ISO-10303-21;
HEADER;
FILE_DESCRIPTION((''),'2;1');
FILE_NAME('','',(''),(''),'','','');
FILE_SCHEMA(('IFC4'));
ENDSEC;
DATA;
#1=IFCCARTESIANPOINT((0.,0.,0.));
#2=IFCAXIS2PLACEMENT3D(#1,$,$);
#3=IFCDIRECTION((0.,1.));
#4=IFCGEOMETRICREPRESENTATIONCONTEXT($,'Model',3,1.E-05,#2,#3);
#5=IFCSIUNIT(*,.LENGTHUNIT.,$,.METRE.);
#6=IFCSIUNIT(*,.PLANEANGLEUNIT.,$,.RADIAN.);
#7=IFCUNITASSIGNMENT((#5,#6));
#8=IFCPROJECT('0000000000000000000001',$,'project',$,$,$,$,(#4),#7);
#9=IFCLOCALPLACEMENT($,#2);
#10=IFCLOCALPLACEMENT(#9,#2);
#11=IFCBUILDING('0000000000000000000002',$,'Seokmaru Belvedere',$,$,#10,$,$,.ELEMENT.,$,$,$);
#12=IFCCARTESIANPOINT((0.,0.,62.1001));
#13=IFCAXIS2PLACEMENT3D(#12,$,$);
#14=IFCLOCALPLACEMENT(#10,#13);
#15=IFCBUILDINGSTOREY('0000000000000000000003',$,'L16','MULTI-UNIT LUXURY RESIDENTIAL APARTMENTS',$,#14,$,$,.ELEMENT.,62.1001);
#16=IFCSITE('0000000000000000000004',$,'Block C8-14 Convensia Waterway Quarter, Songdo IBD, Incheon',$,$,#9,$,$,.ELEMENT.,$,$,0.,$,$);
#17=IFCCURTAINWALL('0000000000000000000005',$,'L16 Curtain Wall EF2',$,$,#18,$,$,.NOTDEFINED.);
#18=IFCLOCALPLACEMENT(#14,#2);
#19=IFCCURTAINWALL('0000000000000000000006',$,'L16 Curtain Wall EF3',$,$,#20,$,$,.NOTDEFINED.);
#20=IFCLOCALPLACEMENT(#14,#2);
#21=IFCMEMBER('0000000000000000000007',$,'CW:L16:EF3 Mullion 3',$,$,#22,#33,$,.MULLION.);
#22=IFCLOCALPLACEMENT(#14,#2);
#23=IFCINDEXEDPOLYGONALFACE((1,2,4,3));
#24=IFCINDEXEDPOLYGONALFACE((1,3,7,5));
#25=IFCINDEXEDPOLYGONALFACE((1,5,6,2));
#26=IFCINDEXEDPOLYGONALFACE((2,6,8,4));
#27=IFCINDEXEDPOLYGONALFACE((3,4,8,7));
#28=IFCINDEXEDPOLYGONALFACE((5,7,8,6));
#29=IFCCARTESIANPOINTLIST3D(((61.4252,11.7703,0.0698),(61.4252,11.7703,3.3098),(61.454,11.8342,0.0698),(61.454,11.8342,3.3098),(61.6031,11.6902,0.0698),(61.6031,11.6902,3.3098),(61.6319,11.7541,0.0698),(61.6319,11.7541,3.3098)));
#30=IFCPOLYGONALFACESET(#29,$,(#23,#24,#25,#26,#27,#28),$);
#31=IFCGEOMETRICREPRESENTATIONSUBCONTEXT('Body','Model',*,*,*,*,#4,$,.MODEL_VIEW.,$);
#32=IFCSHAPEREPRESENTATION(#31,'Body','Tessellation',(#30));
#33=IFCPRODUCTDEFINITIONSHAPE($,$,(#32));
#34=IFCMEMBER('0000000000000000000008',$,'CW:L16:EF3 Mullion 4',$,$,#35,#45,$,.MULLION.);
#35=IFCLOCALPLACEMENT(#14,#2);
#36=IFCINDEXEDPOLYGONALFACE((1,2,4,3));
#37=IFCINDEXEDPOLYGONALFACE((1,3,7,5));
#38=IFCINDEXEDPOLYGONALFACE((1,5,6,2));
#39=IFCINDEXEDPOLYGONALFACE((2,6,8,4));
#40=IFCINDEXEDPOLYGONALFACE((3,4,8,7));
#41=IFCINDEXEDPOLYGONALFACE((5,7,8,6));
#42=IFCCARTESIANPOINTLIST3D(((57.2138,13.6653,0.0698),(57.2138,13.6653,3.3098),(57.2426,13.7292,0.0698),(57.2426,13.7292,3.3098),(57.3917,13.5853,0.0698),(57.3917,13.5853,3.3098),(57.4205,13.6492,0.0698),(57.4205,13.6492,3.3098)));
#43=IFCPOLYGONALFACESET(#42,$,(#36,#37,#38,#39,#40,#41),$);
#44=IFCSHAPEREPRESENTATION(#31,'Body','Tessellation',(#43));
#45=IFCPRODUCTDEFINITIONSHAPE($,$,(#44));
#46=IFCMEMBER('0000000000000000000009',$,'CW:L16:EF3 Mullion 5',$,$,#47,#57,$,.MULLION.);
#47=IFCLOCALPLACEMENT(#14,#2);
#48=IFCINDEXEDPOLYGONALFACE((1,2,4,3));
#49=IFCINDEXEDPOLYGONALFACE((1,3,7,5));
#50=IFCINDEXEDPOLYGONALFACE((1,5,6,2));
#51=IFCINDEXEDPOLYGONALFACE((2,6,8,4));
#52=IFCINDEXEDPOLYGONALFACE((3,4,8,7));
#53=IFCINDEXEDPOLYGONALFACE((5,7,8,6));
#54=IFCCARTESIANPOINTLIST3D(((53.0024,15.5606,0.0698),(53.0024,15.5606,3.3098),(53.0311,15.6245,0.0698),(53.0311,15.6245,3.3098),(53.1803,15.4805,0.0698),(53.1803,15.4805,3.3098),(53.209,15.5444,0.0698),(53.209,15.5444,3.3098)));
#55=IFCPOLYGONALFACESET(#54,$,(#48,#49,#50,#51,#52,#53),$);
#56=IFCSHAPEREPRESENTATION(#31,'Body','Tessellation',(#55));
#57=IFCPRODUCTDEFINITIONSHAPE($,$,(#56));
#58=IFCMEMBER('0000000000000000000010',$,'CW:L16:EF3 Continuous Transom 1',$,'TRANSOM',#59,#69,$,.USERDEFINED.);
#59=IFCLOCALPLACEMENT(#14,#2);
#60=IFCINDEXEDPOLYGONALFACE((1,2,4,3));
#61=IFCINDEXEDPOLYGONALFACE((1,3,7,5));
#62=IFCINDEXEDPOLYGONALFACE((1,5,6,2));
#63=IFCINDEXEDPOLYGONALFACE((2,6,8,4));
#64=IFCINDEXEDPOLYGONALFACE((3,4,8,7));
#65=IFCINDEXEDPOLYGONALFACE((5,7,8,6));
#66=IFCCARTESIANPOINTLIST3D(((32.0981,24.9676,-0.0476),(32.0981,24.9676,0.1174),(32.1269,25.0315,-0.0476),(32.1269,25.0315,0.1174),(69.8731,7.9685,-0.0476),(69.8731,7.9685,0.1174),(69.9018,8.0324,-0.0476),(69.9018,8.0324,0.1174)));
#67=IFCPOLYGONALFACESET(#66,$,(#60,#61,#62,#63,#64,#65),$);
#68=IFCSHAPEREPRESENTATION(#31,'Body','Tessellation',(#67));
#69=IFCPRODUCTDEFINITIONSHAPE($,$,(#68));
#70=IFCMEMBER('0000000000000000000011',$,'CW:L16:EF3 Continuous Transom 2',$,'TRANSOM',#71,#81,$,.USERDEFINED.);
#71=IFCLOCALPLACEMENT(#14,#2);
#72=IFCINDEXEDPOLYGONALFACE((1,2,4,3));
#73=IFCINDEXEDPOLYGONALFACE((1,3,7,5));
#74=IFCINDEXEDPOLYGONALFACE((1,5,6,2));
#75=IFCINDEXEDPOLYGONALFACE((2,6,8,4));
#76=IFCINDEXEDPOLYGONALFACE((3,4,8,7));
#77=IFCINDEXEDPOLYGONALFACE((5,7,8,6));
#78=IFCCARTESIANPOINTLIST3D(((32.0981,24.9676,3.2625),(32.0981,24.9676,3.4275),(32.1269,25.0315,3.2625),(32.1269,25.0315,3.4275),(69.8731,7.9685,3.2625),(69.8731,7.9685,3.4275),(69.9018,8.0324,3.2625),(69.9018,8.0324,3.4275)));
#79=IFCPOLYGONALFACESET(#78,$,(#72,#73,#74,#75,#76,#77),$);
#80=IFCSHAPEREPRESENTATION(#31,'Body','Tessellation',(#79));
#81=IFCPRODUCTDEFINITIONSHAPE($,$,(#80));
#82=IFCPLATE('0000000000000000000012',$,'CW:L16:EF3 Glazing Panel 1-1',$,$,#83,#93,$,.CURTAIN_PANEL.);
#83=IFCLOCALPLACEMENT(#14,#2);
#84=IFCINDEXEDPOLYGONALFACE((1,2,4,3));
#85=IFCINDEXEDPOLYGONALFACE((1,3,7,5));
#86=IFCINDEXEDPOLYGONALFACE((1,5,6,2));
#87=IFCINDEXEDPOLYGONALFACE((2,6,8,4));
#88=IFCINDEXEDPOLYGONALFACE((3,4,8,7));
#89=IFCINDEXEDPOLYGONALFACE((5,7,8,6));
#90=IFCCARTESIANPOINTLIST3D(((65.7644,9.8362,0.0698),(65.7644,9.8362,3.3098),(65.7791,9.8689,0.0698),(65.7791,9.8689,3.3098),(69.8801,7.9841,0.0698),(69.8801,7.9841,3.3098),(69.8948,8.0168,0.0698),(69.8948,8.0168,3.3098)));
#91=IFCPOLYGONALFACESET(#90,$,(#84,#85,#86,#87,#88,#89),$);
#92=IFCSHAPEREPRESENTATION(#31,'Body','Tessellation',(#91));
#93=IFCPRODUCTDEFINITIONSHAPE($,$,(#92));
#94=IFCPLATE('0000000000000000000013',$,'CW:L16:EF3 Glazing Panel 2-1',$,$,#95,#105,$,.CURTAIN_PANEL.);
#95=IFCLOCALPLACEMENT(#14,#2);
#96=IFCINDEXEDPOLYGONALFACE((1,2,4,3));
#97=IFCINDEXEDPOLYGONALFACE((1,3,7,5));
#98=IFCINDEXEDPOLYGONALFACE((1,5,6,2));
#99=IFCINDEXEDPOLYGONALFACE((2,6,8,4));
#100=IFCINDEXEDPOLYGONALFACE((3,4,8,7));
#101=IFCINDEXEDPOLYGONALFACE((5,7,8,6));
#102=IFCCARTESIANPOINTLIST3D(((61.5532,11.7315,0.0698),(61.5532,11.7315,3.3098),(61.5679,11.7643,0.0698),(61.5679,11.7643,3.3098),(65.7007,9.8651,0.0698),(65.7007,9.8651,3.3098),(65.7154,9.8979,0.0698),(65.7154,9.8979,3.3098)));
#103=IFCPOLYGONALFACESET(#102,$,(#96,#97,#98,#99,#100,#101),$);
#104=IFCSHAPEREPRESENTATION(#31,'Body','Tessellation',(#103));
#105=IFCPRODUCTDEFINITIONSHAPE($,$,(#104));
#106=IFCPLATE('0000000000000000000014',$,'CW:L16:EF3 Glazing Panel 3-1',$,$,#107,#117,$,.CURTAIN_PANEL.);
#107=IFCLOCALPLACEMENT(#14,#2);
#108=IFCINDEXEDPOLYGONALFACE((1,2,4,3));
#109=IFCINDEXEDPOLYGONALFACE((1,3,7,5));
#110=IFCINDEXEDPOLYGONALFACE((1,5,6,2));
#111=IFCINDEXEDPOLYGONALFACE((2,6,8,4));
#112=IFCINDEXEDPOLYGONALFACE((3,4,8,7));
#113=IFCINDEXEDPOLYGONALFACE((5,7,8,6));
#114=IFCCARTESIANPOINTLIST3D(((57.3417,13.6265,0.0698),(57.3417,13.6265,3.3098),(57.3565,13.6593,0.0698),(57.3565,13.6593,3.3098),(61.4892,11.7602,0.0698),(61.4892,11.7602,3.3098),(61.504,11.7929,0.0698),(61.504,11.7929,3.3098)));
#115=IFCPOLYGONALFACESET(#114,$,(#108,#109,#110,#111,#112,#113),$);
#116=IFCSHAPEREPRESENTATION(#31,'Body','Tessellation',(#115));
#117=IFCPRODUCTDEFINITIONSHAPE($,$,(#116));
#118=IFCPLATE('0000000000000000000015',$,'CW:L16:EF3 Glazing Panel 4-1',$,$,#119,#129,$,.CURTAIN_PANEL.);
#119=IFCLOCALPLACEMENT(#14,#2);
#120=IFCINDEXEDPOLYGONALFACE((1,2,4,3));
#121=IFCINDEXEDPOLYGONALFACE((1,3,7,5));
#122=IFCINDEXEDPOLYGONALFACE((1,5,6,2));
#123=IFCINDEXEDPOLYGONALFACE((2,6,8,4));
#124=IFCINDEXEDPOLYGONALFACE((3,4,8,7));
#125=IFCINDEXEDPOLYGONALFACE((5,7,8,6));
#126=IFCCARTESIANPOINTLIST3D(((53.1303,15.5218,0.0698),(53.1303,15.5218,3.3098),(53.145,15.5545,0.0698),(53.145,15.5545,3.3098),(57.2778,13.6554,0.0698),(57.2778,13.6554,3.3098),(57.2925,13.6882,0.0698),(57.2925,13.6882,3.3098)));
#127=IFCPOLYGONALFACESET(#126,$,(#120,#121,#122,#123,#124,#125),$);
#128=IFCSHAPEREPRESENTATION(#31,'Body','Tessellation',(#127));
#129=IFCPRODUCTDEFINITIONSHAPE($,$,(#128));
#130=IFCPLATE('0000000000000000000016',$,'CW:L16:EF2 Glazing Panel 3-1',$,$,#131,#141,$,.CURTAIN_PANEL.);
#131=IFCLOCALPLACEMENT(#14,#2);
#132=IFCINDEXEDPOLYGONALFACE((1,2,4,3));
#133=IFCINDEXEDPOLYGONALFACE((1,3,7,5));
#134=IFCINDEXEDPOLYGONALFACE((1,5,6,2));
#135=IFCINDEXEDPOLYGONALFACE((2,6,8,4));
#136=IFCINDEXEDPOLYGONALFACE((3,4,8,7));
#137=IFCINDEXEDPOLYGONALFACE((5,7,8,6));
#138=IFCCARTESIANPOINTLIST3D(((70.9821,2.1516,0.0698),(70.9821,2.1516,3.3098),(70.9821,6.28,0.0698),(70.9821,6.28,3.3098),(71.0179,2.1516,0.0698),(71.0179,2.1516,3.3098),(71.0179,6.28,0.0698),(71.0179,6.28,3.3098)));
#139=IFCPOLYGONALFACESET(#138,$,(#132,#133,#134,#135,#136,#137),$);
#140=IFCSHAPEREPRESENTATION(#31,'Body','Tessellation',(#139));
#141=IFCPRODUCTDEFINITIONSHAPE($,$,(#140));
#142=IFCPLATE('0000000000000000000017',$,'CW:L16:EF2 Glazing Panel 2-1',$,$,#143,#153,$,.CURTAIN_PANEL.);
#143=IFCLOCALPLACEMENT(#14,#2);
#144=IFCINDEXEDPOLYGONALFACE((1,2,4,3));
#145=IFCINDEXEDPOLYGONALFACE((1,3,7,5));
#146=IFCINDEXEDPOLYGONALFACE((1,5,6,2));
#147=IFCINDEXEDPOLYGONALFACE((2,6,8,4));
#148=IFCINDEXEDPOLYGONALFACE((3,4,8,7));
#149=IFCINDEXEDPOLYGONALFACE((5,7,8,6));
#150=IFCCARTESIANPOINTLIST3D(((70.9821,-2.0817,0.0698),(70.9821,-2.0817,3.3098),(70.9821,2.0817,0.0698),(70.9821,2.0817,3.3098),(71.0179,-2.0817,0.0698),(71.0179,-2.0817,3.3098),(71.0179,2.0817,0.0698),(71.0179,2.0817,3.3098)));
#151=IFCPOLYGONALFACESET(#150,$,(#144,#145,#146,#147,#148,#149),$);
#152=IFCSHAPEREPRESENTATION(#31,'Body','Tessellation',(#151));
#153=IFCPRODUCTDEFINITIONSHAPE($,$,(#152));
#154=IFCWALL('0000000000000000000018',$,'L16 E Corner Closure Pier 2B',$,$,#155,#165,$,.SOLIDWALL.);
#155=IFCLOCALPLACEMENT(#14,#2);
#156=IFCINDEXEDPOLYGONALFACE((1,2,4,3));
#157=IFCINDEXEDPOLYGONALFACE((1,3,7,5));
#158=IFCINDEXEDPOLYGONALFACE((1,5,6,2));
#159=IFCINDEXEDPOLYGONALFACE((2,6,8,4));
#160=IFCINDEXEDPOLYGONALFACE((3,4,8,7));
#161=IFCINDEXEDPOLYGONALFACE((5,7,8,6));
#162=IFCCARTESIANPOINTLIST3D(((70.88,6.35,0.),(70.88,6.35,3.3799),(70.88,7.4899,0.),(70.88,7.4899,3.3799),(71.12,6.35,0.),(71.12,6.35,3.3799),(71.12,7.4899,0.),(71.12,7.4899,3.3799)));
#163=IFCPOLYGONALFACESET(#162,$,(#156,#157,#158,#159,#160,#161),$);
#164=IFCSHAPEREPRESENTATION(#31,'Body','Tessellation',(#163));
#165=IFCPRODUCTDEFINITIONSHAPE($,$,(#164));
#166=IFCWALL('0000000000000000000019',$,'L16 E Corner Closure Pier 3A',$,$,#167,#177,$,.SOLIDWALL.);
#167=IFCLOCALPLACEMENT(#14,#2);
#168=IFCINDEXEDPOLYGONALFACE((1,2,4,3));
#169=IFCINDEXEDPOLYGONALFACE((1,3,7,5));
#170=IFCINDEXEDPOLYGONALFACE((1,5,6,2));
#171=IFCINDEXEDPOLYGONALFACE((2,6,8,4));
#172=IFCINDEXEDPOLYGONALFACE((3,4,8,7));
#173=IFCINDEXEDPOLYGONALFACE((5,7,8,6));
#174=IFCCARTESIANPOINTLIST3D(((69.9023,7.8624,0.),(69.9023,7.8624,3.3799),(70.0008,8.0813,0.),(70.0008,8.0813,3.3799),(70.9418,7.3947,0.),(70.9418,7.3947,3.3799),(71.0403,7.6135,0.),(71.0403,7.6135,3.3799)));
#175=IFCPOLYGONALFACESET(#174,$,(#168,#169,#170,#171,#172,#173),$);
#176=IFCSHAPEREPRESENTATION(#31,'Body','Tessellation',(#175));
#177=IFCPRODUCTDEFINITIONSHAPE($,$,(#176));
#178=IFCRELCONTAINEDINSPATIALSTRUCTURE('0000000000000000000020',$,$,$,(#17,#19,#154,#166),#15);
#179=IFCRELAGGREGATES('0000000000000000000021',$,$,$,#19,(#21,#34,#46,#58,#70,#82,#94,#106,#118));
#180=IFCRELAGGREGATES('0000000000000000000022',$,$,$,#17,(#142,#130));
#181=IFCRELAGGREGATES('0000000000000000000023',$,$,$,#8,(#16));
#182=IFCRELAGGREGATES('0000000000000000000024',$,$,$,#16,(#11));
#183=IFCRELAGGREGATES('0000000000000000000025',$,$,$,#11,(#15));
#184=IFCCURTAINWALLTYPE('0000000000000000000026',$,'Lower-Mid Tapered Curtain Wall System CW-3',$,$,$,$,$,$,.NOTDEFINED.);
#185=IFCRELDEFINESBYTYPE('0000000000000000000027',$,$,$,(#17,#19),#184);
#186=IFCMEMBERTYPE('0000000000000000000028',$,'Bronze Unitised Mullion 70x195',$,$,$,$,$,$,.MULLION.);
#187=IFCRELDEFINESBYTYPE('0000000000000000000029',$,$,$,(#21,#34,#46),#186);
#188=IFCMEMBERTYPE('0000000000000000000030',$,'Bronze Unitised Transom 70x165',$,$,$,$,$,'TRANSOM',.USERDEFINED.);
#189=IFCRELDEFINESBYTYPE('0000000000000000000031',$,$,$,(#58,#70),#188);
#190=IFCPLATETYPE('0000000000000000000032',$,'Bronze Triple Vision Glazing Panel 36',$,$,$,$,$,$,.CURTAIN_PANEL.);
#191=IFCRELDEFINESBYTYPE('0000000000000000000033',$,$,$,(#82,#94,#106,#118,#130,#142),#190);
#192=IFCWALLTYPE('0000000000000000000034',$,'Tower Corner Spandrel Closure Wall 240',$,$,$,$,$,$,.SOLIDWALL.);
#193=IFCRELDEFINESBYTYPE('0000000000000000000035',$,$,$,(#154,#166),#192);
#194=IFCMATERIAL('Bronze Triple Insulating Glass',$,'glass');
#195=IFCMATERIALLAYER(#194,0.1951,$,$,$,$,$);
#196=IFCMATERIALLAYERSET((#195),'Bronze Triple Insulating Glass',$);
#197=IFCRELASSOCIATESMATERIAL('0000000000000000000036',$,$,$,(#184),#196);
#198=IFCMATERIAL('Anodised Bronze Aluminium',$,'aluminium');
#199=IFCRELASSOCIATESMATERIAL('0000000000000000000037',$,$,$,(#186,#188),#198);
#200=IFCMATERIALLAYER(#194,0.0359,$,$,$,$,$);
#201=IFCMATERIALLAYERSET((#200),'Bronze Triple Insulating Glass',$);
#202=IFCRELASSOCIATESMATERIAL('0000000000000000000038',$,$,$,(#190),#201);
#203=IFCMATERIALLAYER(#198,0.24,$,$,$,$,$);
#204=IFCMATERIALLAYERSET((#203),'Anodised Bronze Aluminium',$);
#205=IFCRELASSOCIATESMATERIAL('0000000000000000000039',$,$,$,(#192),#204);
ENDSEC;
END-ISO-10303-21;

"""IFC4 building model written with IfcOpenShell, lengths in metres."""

from ifc_helpers import new_model, si_unit, direction, frame, frame_2d, origin, origin_2d, place, context, subcontext, project, spatial, rectangle, extrude, source, transform, mapped, material, layer, layer_set, material_profile, profile_set, type_object, type_shapes, element, aggregate, save


model = new_model("IFC4")

# Units and contexts
model_context = context("Model", 3, precision=1e-05, world=origin(), true_north=direction((0.0, 1.0)))
body_context = subcontext(model_context, "Body", "Model", "MODEL_VIEW")
ifc_project = project(units=[si_unit("LENGTHUNIT", "METRE"), si_unit("PLANEANGLEUNIT", "RADIAN")], contexts=[model_context])

# Site, building, storey
site_placement = place(None, origin())
site = spatial("IfcSite", under=ifc_project, at=site_placement, Name="Block C8-14 Convensia Waterway Quarter, Songdo IBD, Incheon", CompositionType="ELEMENT", RefElevation=0.0)
building_placement = place(site_placement, origin())
building = spatial("IfcBuilding", under=site, at=building_placement, Name="Seokmaru Belvedere", CompositionType="ELEMENT")
storey_placement = place(building_placement, frame((0.0, 0.0, 62.1001)))
storey = spatial("IfcBuildingStorey", under=building, at=storey_placement, Name="L16", Description="MULTI-UNIT LUXURY RESIDENTIAL APARTMENTS", CompositionType="ELEMENT", Elevation=62.1001)

# Curtain walls
ifc_material_1 = material(Name="Bronze Triple Insulating Glass", Category="glass")
ifc_layer_1 = layer(ifc_material_1, 0.1951)
ifc_layer_set_1 = layer_set([ifc_layer_1], Name="Bronze Triple Insulating Glass")
curtain_wall_type = type_object("IfcCurtainWallType", Name="Lower-Mid Tapered Curtain Wall System CW-3", PredefinedType="NOTDEFINED", material=ifc_layer_set_1)
curtain_wall_1_placement = place(storey_placement, origin())
curtain_wall_1 = element("IfcCurtainWall", 1, at=curtain_wall_1_placement, inside=storey, type_object=curtain_wall_type, Name="L16 Curtain Wall EF2", PredefinedType="NOTDEFINED")
ifc_material_2 = material(Name="Anodised Bronze Aluminium", Category="aluminium")
ifc_material_profile_1 = material_profile(ifc_material_2, rectangle(XDim=0.0701, YDim=0.1951, at=origin_2d()), Name="CW-M-70x195")
ifc_profile_set_1 = profile_set([ifc_material_profile_1], Name="Anodised Bronze Aluminium")
member_type_1 = type_object("IfcMemberType", Name="Bronze Unitised Mullion 70x195", PredefinedType="MULLION", material=ifc_profile_set_1)
curtain_wall_2_placement = place(storey_placement, origin())
curtain_wall_2 = element("IfcCurtainWall", 2, at=curtain_wall_2_placement, inside=storey, type_object=curtain_wall_type, Name="L16 Curtain Wall EF3", PredefinedType="NOTDEFINED")

# Members
shared_shape_1 = source(origin(), body_context, "Body", "SweptSolid", [
    extrude(rectangle(XDim=0.0701, YDim=0.1951, at=origin_2d()), origin(), (0.0, 0.0, 1.0), 3.24),
])
member_1_placement = place(storey_placement, frame((61.5286, 11.7622, 0.0698), z_axis=(0.0, 0.0, 1.0), x_axis=(-0.410366, -0.911921, 0.0)))
member_1 = element("IfcMember", 3, at=member_1_placement, type_object=member_type_1, Name="CW:L16:EF3 Mullion 3", PredefinedType="MULLION", context=body_context, shape_type="MappedRepresentation", body=[
    mapped(shared_shape_1, transform((0.0, 0.0, 0.0), scale=1.0)),
])
member_2_placement = place(storey_placement, frame((57.3171, 13.6572, 0.0698), z_axis=(0.0, 0.0, 1.0), x_axis=(-0.410366, -0.911921, 0.0)))
member_2 = element("IfcMember", 4, at=member_2_placement, type_object=member_type_1, Name="CW:L16:EF3 Mullion 4", PredefinedType="MULLION", context=body_context, shape_type="MappedRepresentation", body=[
    mapped(shared_shape_1, transform((0.0, 0.0, 0.0), scale=1.0)),
])
member_3_placement = place(storey_placement, frame((53.1057, 15.5525, 0.0698), z_axis=(0.0, 0.0, 1.0), x_axis=(-0.410366, -0.911921, 0.0)))
member_3 = element("IfcMember", 5, at=member_3_placement, type_object=member_type_1, Name="CW:L16:EF3 Mullion 5", PredefinedType="MULLION", context=body_context, shape_type="MappedRepresentation", body=[
    mapped(shared_shape_1, transform((0.0, 0.0, 0.0), scale=1.0)),
])
ifc_material_profile_2 = material_profile(ifc_material_2, rectangle(XDim=0.0701, YDim=0.165, at=origin_2d()), Name="CW-T-70x165")
ifc_profile_set_2 = profile_set([ifc_material_profile_2], Name="Anodised Bronze Aluminium")
member_type_2 = type_object("IfcMemberType", Name="Bronze Unitised Transom 70x165", ElementType="TRANSOM", PredefinedType="USERDEFINED", material=ifc_profile_set_2)
shared_shape_2 = source(origin(), body_context, "Body", "SweptSolid", [
    extrude(rectangle(XDim=0.0701, YDim=0.165, at=origin_2d()), origin(), (0.0, 0.0, 1.0), 41.4236),
])
type_shapes(member_type_2, [shared_shape_2])
member_4_placement = place(storey_placement, frame((69.8875, 8.0005, 0.0349), z_axis=(-0.911919, 0.410371, 0.0), x_axis=(-0.410371, -0.911919, 0.0)))
member_4 = element("IfcMember", 6, at=member_4_placement, type_object=member_type_2, Name="CW:L16:EF3 Continuous Transom 1", ObjectType="TRANSOM", PredefinedType="USERDEFINED", context=body_context, shape_type="MappedRepresentation", body=[
    mapped(shared_shape_2, transform((0.0, 0.0, 0.0), scale=1.0)),
])
member_5_placement = place(storey_placement, frame((69.8875, 8.0005, 3.345), z_axis=(-0.911919, 0.410371, 0.0), x_axis=(-0.410371, -0.911919, 0.0)))
member_5 = element("IfcMember", 7, at=member_5_placement, type_object=member_type_2, Name="CW:L16:EF3 Continuous Transom 2", ObjectType="TRANSOM", PredefinedType="USERDEFINED", context=body_context, shape_type="MappedRepresentation", body=[
    mapped(shared_shape_2, transform((0.0, 0.0, 0.0), scale=1.0)),
])

# Plates
ifc_layer_2 = layer(ifc_material_1, 0.0359)
ifc_layer_set_2 = layer_set([ifc_layer_2], Name="Bronze Triple Insulating Glass")
plate_type = type_object("IfcPlateType", Name="Bronze Triple Vision Glazing Panel 36", PredefinedType="CURTAIN_PANEL", material=ifc_layer_set_2)
shared_shape_3 = source(origin(), body_context, "Body", "SweptSolid", [
    extrude(rectangle(XDim=4.5132, YDim=0.0359, at=origin_2d()), origin(), (0.0, 0.0, 1.0), 3.24),
])
plate_1_placement = place(storey_placement, frame((67.8296, 8.9265, 0.0698), z_axis=(0.0, 0.0, 1.0), x_axis=(-0.911921, 0.410366, 0.0)))
plate_1 = element("IfcPlate", 8, at=plate_1_placement, type_object=plate_type, Name="CW:L16:EF3 Glazing Panel 1-1", PredefinedType="CURTAIN_PANEL", context=body_context, shape_type="MappedRepresentation", body=[
    mapped(shared_shape_3, transform((0.0, 0.0, 0.0), scale=1.0)),
])
shared_shape_4 = source(origin(), body_context, "Body", "SweptSolid", [
    extrude(rectangle(XDim=4.5481, YDim=0.0359, at=origin_2d()), origin(), (0.0, 0.0, 1.0), 3.24),
])
plate_2_placement = place(storey_placement, frame((63.6343, 10.8147, 0.0698), z_axis=(0.0, 0.0, 1.0), x_axis=(-0.911921, 0.410366, 0.0)))
plate_2 = element("IfcPlate", 9, at=plate_2_placement, type_object=plate_type, Name="CW:L16:EF3 Glazing Panel 2-1", PredefinedType="CURTAIN_PANEL", context=body_context, shape_type="MappedRepresentation", body=[
    mapped(shared_shape_4, transform((0.0, 0.0, 0.0), scale=1.0)),
])
plate_3_placement = place(storey_placement, frame((59.4229, 12.7097, 0.0698), z_axis=(0.0, 0.0, 1.0), x_axis=(-0.911921, 0.410366, 0.0)))
plate_3 = element("IfcPlate", 10, at=plate_3_placement, type_object=plate_type, Name="CW:L16:EF3 Glazing Panel 3-1", PredefinedType="CURTAIN_PANEL", context=body_context, shape_type="MappedRepresentation", body=[
    mapped(shared_shape_4, transform((0.0, 0.0, 0.0), scale=1.0)),
])
plate_4_placement = place(storey_placement, frame((55.2114, 14.605, 0.0698), z_axis=(0.0, 0.0, 1.0), x_axis=(-0.911921, 0.410366, 0.0)))
plate_4 = element("IfcPlate", 11, at=plate_4_placement, type_object=plate_type, Name="CW:L16:EF3 Glazing Panel 4-1", PredefinedType="CURTAIN_PANEL", context=body_context, shape_type="MappedRepresentation", body=[
    mapped(shared_shape_4, transform((0.0, 0.0, 0.0), scale=1.0)),
])
aggregate(curtain_wall_2, [member_1, member_2, member_3, member_4, member_5, plate_1, plate_2, plate_3, plate_4])
shared_shape_5 = source(origin(), body_context, "Body", "SweptSolid", [
    extrude(rectangle(XDim=4.1284, YDim=0.0359, at=origin_2d()), origin(), (0.0, 0.0, 1.0), 3.24),
])
plate_5_placement = place(storey_placement, frame((71.0, 4.2158, 0.0698), z_axis=(0.0, 0.0, 1.0), x_axis=(0.0, 1.0, 0.0)))
plate_5 = element("IfcPlate", 12, at=plate_5_placement, type_object=plate_type, Name="CW:L16:EF2 Glazing Panel 3-1", PredefinedType="CURTAIN_PANEL", context=body_context, shape_type="MappedRepresentation", body=[
    mapped(shared_shape_5, transform((0.0, 0.0, 0.0), scale=1.0)),
])
shared_shape_6 = source(origin(), body_context, "Body", "SweptSolid", [
    extrude(rectangle(XDim=4.1633, YDim=0.0359, at=origin_2d()), origin(), (0.0, 0.0, 1.0), 3.24),
])
type_shapes(plate_type, [shared_shape_3, shared_shape_4, shared_shape_5, shared_shape_6])
plate_6_placement = place(storey_placement, frame((71.0, 0.0, 0.0698), z_axis=(0.0, 0.0, 1.0), x_axis=(0.0, 1.0, 0.0)))
plate_6 = element("IfcPlate", 13, at=plate_6_placement, type_object=plate_type, Name="CW:L16:EF2 Glazing Panel 2-1", PredefinedType="CURTAIN_PANEL", context=body_context, shape_type="MappedRepresentation", body=[
    mapped(shared_shape_6, transform((0.0, 0.0, 0.0), scale=1.0)),
])
aggregate(curtain_wall_1, [plate_6, plate_5])

# Walls
ifc_layer_3 = layer(ifc_material_2, 0.24)
ifc_layer_set_3 = layer_set([ifc_layer_3], Name="Anodised Bronze Aluminium")
wall_type = type_object("IfcWallType", Name="Tower Corner Spandrel Closure Wall 240", PredefinedType="SOLIDWALL", material=ifc_layer_set_3)
for number, where, z_axis, x_axis, name in (
    (14, (71.0, 6.3501, 0.0), (0.0, 0.0, 1.0), (0.0, 1.0, 0.0), "L16 E Corner Closure Pier 2B"),
    (15, (70.991, 7.5042, 0.0), (0.0, 0.0, 1.0), (-0.91193, 0.410347, 0.0), "L16 E Corner Closure Pier 3A"),
):
    element("IfcWall", number, at=place(storey_placement, frame(where, z_axis=z_axis, x_axis=x_axis)), inside=storey, type_object=wall_type, Name=name, PredefinedType="SOLIDWALL", context=body_context, shape_type="SweptSolid", body=[
        extrude(rectangle(XDim=1.1399, YDim=0.24, at=frame_2d((0.5698, 0.0))), origin(), (0.0, 0.0, 1.0), 3.3799),
    ])

save(model, "model.ifc")
